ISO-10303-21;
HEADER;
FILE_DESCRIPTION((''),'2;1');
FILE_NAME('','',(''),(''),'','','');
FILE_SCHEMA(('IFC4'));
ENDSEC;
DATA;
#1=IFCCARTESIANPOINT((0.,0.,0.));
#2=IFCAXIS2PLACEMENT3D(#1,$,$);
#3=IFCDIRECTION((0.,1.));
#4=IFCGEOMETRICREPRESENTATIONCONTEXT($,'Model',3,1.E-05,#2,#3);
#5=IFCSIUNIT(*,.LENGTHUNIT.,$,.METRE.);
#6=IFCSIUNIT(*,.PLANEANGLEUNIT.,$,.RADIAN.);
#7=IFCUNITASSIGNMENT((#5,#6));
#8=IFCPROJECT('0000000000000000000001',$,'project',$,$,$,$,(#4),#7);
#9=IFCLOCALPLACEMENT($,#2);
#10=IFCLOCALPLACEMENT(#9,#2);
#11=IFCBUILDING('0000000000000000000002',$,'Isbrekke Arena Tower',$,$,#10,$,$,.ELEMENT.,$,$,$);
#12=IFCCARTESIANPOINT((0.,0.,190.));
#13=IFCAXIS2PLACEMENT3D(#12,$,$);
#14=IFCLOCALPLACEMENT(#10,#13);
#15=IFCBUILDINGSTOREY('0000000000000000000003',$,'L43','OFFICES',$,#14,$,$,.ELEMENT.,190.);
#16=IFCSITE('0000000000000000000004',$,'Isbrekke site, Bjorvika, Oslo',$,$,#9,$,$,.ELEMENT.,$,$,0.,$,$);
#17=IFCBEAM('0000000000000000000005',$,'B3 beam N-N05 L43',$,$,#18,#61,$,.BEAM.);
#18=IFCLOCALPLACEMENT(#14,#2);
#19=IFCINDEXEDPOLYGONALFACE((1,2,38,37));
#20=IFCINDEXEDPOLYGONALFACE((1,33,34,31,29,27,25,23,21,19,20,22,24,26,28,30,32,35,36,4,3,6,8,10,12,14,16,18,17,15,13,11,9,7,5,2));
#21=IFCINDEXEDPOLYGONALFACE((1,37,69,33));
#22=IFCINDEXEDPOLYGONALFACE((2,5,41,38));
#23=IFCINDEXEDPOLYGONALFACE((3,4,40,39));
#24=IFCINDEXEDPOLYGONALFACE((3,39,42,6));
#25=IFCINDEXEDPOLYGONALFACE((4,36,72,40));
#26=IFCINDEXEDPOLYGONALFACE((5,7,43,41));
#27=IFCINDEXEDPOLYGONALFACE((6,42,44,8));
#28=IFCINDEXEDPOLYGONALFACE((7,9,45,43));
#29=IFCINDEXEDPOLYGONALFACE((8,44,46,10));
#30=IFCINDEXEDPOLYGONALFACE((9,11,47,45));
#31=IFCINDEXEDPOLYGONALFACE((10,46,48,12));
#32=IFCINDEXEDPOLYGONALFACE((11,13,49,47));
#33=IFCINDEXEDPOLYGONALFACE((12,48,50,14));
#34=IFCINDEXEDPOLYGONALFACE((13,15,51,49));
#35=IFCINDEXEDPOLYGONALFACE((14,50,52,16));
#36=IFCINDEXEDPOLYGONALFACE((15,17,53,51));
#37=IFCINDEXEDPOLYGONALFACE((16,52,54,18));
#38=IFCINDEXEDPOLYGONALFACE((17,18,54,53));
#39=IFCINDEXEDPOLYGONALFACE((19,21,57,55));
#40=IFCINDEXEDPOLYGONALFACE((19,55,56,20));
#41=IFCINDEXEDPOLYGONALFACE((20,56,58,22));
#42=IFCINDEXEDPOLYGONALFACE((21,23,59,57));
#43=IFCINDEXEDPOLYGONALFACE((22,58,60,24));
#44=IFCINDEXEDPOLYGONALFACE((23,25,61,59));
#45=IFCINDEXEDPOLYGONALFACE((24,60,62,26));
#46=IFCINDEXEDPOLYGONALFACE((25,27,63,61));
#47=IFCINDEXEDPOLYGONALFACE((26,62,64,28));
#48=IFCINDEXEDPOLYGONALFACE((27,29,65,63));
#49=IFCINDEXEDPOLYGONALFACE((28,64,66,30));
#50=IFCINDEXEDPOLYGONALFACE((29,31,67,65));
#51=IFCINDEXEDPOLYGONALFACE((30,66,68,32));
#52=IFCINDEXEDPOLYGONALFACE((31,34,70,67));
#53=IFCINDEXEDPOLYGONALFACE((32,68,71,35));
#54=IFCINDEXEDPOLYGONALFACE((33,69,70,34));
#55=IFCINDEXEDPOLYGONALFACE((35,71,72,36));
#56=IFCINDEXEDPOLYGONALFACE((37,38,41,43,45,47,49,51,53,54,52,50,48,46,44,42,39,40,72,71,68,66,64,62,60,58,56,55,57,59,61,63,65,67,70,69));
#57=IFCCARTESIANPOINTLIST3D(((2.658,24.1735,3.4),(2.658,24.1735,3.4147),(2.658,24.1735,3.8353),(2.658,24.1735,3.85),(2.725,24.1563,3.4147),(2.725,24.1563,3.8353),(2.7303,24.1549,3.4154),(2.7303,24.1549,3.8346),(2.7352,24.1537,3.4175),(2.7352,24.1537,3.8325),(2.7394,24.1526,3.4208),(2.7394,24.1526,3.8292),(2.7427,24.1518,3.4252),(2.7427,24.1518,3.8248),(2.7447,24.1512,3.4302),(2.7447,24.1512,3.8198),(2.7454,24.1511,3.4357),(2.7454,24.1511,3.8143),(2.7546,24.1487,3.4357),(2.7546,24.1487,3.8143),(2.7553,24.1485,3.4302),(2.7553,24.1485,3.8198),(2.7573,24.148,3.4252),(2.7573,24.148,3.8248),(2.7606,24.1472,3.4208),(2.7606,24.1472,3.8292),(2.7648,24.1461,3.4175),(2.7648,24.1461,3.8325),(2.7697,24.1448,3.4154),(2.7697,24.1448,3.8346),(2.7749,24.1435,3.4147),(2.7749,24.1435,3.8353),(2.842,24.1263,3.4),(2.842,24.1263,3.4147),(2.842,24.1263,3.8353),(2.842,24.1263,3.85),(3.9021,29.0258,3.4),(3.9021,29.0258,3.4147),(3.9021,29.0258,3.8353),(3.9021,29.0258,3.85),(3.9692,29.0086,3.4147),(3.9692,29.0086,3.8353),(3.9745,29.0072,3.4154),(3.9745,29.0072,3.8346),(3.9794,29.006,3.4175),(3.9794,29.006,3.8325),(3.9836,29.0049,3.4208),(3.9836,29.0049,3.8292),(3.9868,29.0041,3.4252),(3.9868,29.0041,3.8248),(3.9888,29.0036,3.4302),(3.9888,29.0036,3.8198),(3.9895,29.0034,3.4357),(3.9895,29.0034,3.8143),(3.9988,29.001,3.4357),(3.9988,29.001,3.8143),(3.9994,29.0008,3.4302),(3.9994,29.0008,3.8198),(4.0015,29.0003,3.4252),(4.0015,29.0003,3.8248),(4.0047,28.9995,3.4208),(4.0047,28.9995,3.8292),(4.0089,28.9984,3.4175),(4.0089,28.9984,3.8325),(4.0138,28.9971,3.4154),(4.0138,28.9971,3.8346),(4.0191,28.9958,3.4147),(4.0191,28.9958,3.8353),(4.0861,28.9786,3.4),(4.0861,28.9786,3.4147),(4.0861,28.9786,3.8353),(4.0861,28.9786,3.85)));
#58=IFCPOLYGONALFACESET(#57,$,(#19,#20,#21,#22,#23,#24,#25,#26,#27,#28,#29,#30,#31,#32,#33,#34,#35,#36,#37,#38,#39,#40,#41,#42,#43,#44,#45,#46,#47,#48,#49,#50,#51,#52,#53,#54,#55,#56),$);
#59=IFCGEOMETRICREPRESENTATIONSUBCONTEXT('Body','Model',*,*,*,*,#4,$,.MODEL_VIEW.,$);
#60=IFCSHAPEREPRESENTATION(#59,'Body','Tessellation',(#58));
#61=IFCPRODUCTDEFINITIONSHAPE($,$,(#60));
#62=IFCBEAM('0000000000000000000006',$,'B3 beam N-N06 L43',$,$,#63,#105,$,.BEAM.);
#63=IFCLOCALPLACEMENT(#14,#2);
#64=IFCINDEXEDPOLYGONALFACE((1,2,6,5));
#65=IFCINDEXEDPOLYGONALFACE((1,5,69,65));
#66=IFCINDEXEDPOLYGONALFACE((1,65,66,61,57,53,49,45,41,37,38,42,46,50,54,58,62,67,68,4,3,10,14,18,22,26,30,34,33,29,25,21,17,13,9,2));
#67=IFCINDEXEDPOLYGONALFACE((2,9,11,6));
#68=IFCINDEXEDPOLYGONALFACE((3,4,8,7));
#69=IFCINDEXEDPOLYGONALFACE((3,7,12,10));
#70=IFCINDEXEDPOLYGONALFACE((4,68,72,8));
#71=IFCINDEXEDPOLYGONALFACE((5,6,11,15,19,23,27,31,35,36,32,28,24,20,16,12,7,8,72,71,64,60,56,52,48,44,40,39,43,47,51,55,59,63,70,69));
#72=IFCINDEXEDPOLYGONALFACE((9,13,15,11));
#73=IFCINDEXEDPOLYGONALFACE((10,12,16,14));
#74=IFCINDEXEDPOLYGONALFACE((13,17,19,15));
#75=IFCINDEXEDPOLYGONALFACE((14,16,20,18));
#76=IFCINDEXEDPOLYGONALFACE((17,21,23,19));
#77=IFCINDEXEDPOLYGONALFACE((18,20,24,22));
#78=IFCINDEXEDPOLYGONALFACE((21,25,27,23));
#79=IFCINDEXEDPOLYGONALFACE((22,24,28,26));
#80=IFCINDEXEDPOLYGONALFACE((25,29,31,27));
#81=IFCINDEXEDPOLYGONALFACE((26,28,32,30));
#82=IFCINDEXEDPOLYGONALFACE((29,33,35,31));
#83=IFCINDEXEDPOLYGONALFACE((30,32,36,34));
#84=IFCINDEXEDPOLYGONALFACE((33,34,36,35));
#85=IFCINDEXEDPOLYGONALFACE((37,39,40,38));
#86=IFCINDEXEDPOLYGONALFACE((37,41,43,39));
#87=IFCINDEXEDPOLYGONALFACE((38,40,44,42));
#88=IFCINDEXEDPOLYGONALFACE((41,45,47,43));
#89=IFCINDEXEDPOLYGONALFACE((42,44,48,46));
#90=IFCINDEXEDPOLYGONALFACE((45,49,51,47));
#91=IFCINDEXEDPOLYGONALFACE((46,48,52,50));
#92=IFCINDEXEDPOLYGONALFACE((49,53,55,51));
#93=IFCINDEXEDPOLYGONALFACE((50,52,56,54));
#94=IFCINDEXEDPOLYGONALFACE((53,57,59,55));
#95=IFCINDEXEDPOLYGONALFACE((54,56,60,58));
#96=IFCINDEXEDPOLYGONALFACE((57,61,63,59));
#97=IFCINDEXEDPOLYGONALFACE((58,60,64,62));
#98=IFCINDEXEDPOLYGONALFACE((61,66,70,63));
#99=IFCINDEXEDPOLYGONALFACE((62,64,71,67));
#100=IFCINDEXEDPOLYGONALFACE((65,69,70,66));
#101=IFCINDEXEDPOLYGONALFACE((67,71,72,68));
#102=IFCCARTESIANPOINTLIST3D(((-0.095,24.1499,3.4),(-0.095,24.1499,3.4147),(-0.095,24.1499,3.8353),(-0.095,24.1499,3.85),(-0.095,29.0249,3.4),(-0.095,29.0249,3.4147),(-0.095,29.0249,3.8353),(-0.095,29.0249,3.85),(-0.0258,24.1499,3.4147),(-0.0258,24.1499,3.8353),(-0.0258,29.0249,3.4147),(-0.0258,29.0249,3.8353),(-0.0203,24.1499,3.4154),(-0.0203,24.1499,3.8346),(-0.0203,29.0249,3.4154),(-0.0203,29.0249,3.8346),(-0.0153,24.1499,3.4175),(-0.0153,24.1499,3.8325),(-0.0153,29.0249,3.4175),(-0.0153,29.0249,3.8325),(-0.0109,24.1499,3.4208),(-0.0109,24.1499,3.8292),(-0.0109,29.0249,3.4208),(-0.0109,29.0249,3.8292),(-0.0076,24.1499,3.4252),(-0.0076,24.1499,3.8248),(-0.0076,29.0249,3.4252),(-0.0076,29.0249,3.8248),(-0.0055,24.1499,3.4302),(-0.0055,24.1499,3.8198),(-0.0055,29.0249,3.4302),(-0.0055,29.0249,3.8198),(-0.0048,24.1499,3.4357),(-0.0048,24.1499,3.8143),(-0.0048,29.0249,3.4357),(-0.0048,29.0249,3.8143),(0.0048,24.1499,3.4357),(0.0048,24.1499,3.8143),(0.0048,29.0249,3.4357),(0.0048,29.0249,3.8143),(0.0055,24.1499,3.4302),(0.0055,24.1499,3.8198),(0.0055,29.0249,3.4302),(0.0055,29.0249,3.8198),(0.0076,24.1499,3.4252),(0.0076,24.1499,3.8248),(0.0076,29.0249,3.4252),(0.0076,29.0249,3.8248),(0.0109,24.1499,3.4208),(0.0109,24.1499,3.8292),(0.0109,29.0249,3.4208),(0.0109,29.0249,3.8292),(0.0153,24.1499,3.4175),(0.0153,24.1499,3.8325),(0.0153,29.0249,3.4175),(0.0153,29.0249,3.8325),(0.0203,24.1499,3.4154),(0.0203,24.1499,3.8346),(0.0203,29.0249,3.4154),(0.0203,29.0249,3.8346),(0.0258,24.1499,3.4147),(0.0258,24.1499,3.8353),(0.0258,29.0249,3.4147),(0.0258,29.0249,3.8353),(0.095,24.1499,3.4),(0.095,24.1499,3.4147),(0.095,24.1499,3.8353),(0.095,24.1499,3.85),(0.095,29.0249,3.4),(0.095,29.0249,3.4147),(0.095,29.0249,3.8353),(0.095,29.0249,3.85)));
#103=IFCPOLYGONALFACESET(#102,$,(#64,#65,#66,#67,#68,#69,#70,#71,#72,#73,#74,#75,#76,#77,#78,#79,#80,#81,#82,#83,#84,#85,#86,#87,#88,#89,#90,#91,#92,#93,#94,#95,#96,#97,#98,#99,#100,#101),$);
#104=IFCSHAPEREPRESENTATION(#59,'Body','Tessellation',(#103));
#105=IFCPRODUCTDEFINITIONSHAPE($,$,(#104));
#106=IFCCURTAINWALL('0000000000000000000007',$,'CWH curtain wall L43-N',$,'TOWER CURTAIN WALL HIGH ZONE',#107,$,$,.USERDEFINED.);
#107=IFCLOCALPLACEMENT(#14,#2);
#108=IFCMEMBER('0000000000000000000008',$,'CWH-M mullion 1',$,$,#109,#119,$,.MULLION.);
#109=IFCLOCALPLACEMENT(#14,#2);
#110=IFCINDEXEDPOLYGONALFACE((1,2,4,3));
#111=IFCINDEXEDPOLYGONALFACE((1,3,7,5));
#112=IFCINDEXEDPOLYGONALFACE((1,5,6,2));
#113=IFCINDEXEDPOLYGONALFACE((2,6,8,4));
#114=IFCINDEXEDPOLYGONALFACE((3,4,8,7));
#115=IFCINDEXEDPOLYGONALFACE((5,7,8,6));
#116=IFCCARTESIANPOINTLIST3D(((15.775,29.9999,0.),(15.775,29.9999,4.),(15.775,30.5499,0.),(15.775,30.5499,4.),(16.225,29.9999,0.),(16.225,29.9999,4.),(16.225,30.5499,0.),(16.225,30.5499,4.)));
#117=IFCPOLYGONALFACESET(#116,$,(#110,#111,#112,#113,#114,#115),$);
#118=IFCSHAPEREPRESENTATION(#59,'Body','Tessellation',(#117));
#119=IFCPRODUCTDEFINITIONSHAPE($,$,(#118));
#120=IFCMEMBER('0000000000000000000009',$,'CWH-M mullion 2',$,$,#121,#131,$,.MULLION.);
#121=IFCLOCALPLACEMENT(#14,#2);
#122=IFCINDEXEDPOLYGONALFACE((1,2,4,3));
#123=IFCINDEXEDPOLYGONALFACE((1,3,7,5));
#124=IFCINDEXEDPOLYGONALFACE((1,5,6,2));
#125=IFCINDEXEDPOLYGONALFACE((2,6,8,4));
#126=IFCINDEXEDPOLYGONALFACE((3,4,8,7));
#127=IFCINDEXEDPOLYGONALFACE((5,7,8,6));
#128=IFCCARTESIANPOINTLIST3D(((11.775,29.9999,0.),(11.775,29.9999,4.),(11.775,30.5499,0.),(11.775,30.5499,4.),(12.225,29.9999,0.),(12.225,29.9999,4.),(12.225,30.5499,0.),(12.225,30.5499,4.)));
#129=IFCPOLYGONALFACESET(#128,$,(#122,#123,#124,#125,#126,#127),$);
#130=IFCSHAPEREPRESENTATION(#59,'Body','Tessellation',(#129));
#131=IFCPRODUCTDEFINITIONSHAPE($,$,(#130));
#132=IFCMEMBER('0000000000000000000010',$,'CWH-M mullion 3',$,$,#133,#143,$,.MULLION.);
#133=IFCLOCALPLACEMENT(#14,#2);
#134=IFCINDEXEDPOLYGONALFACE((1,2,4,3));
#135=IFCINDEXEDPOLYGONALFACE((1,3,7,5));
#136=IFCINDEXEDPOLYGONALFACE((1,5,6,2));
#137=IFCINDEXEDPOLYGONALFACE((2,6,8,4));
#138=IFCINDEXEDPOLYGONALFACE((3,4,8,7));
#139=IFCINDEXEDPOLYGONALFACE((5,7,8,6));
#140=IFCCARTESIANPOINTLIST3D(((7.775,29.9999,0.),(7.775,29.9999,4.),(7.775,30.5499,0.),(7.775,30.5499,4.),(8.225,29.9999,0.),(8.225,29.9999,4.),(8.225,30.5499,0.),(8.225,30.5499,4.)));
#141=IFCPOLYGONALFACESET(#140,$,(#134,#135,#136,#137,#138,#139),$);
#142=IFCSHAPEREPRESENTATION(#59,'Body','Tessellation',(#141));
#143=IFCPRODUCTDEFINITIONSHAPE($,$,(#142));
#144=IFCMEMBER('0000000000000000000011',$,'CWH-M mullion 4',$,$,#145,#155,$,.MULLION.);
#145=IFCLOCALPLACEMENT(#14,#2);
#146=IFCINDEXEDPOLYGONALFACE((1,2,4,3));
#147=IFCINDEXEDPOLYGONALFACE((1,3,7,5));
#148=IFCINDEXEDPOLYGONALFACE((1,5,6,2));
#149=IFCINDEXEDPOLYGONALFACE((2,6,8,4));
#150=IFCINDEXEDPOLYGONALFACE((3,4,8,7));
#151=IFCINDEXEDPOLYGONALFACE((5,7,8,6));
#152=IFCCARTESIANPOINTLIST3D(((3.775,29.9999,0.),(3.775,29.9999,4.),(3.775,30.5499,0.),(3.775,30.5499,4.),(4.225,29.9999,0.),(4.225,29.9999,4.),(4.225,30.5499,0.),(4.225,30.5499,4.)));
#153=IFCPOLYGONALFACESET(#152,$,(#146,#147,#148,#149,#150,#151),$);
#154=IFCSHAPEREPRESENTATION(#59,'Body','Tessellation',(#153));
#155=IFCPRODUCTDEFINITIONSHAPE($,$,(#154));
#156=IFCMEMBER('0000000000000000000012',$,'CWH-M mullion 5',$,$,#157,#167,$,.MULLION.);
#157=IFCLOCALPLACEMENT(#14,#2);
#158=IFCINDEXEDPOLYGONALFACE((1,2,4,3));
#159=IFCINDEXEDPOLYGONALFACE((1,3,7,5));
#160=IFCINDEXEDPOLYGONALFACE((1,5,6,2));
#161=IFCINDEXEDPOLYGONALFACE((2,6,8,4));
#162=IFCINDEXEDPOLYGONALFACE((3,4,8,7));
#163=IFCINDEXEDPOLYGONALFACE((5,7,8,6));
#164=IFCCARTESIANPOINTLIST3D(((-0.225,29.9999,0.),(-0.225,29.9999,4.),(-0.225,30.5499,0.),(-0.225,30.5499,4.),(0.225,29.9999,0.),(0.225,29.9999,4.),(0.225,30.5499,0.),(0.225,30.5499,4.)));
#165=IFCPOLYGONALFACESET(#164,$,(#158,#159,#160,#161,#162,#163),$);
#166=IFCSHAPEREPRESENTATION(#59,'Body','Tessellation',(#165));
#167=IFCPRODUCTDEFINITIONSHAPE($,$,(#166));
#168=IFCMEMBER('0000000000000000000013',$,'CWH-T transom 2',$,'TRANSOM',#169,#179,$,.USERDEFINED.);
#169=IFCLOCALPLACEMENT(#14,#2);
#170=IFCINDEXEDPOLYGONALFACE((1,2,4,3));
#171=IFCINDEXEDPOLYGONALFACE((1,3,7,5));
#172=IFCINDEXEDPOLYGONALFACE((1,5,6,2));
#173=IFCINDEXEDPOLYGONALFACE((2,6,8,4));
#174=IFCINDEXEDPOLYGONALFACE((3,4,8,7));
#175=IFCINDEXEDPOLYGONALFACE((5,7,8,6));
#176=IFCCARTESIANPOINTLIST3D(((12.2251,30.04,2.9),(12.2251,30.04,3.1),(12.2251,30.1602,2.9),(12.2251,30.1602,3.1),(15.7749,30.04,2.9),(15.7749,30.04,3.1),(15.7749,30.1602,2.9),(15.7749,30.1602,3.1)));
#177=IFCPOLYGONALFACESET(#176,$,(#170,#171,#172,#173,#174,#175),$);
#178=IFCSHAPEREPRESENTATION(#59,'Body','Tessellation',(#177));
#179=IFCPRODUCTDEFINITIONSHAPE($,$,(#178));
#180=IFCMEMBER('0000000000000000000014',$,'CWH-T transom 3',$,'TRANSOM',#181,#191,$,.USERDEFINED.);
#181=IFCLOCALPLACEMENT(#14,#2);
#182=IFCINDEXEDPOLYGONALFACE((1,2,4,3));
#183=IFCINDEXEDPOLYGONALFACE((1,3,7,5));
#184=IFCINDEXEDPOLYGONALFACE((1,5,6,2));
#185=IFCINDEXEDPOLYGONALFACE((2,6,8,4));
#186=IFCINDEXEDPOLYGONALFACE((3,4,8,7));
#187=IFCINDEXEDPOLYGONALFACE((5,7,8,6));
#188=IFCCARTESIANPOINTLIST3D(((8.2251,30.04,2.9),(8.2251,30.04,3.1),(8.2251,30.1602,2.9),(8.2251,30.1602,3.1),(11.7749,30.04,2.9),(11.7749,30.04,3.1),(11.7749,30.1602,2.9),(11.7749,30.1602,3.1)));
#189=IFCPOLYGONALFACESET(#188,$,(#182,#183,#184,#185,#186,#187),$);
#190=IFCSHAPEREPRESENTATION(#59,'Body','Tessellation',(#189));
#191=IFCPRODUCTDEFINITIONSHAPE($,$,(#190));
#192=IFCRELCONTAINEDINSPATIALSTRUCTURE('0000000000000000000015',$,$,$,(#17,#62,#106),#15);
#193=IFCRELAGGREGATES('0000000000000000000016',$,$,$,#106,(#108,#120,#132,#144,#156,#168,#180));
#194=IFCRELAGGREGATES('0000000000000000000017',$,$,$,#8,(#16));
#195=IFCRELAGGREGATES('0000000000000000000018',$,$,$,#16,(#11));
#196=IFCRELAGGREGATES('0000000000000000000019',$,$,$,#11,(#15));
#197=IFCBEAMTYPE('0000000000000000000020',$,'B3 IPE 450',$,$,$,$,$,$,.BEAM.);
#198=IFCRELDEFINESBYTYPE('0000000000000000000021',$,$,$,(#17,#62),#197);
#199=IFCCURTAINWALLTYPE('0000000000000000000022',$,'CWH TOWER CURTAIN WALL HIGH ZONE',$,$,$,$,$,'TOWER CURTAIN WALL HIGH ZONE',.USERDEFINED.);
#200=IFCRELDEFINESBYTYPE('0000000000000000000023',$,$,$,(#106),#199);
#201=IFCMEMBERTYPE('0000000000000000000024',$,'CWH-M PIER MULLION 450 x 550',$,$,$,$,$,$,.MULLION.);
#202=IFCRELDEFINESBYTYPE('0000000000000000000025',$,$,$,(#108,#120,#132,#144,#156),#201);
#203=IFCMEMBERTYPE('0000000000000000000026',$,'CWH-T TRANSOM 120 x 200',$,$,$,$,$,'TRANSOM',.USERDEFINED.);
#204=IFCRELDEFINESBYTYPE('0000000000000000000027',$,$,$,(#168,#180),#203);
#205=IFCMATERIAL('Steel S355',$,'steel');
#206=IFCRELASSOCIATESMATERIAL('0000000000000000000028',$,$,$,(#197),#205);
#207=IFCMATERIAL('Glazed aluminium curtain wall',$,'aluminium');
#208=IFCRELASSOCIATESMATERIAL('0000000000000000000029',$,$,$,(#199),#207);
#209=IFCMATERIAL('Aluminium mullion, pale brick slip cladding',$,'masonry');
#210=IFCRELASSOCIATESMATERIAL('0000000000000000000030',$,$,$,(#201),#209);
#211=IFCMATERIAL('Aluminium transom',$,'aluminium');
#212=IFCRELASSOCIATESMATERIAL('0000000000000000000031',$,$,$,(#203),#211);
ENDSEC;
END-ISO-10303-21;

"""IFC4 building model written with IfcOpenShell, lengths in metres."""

from ifc_helpers import new_model, si_unit, direction, frame, origin, origin_2d, place, context, subcontext, project, spatial, rectangle, i_section, extrude, material, material_profile, profile_set, type_object, element, aggregate, save


model = new_model("IFC4")

# Units and contexts
model_context = context("Model", 3, precision=1e-05, world=origin(), true_north=direction((0.0, 1.0)))
body_context = subcontext(model_context, "Body", "Model", "MODEL_VIEW")
ifc_project = project(units=[si_unit("LENGTHUNIT", "METRE"), si_unit("PLANEANGLEUNIT", "RADIAN")], contexts=[model_context])

# Site, building, storey
site_placement = place(None, origin())
site = spatial("IfcSite", under=ifc_project, at=site_placement, Name="Isbrekke site, Bjorvika, Oslo", CompositionType="ELEMENT", RefElevation=0.0)
building_placement = place(site_placement, origin())
building = spatial("IfcBuilding", under=site, at=building_placement, Name="Isbrekke Arena Tower", CompositionType="ELEMENT")
storey_placement = place(building_placement, frame((0.0, 0.0, 190.0)))
storey = spatial("IfcBuildingStorey", under=building, at=storey_placement, Name="L43", Description="OFFICES", CompositionType="ELEMENT", Elevation=190.0)

# Beams
ifc_material_1 = material(Name="Steel S355", Category="steel")
ifc_material_profile_1 = material_profile(ifc_material_1, i_section(OverallWidth=0.1899, OverallDepth=0.45, WebThickness=0.0095, FlangeThickness=0.0146, FilletRadius=0.021, at=origin_2d()), Name="IPE 450")
ifc_profile_set_1 = profile_set([ifc_material_profile_1], Name="Steel S355")
beam_type_1 = type_object("IfcBeamType", Name="B3 IPE 450", PredefinedType="BEAM", material=ifc_profile_set_1)
beam_1_placement = place(storey_placement, frame((3.9941, 29.0022, 3.625), z_axis=(-0.248368, -0.968666, 0.0), x_axis=(0.968666, -0.248368, 0.0)))
element("IfcBeam", 1, at=beam_1_placement, inside=storey, type_object=beam_type_1, Name="B3 beam N-N05 L43", PredefinedType="BEAM", context=body_context, shape_type="SweptSolid", body=[
    extrude(i_section(OverallWidth=0.1899, OverallDepth=0.45, WebThickness=0.0095, FlangeThickness=0.0146, FilletRadius=0.021, at=origin_2d()), origin(), (0.0, 0.0, 1.0), 5.0093),
])
beam_2_placement = place(storey_placement, frame((0.0, 29.0249, 3.625), z_axis=(0.0, -1.0, 0.0), x_axis=(1.0, 0.0, 0.0)))
element("IfcBeam", 2, at=beam_2_placement, inside=storey, type_object=beam_type_1, Name="B3 beam N-N06 L43", PredefinedType="BEAM", context=body_context, shape_type="SweptSolid", body=[
    extrude(i_section(OverallWidth=0.1899, OverallDepth=0.45, WebThickness=0.0095, FlangeThickness=0.0146, FilletRadius=0.021, at=origin_2d()), origin(), (0.0, 0.0, 1.0), 4.875),
])

# Curtain wall, members
ifc_material_2 = material(Name="Glazed aluminium curtain wall", Category="aluminium")
curtain_wall_type = type_object("IfcCurtainWallType", Name="CWH TOWER CURTAIN WALL HIGH ZONE", ElementType="TOWER CURTAIN WALL HIGH ZONE", PredefinedType="USERDEFINED", material=ifc_material_2)
curtain_wall_placement = place(storey_placement, origin())
curtain_wall = element("IfcCurtainWall", 3, at=curtain_wall_placement, inside=storey, type_object=curtain_wall_type, Name="CWH curtain wall L43-N", ObjectType="TOWER CURTAIN WALL HIGH ZONE", PredefinedType="USERDEFINED")
ifc_material_3 = material(Name="Aluminium mullion, pale brick slip cladding", Category="masonry")
ifc_material_profile_2 = material_profile(ifc_material_3, rectangle(XDim=0.45, YDim=0.55, at=origin_2d()), Name="PIER 450X550")
ifc_profile_set_2 = profile_set([ifc_material_profile_2], Name="Aluminium mullion, pale brick slip cladding")
member_type_1 = type_object("IfcMemberType", Name="CWH-M PIER MULLION 450 x 550", PredefinedType="MULLION", material=ifc_profile_set_2)
member_1_placement = place(storey_placement, frame((16.0, 30.2749, 0.0), z_axis=(0.0, 0.0, 1.0), x_axis=(-1.0, 0.0, 0.0)))
member_1 = element("IfcMember", 4, at=member_1_placement, type_object=member_type_1, Name="CWH-M mullion 1", PredefinedType="MULLION", context=body_context, shape_type="SweptSolid", body=[
    extrude(rectangle(XDim=0.45, YDim=0.55, at=origin_2d()), origin(), (0.0, 0.0, 1.0), 4.0),
])
member_2_placement = place(storey_placement, frame((12.0, 30.2749, 0.0), z_axis=(0.0, 0.0, 1.0), x_axis=(-1.0, 0.0, 0.0)))
member_2 = element("IfcMember", 5, at=member_2_placement, type_object=member_type_1, Name="CWH-M mullion 2", PredefinedType="MULLION", context=body_context, shape_type="SweptSolid", body=[
    extrude(rectangle(XDim=0.45, YDim=0.55, at=origin_2d()), origin(), (0.0, 0.0, 1.0), 4.0),
])
member_3_placement = place(storey_placement, frame((8.0, 30.2749, 0.0), z_axis=(0.0, 0.0, 1.0), x_axis=(-1.0, 0.0, 0.0)))
member_3 = element("IfcMember", 6, at=member_3_placement, type_object=member_type_1, Name="CWH-M mullion 3", PredefinedType="MULLION", context=body_context, shape_type="SweptSolid", body=[
    extrude(rectangle(XDim=0.45, YDim=0.55, at=origin_2d()), origin(), (0.0, 0.0, 1.0), 4.0),
])
member_4_placement = place(storey_placement, frame((4.0, 30.2749, 0.0), z_axis=(0.0, 0.0, 1.0), x_axis=(-1.0, 0.0, 0.0)))
member_4 = element("IfcMember", 7, at=member_4_placement, type_object=member_type_1, Name="CWH-M mullion 4", PredefinedType="MULLION", context=body_context, shape_type="SweptSolid", body=[
    extrude(rectangle(XDim=0.45, YDim=0.55, at=origin_2d()), origin(), (0.0, 0.0, 1.0), 4.0),
])
member_5_placement = place(storey_placement, frame((0.0, 30.2749, 0.0), z_axis=(0.0, 0.0, 1.0), x_axis=(-1.0, 0.0, 0.0)))
member_5 = element("IfcMember", 8, at=member_5_placement, type_object=member_type_1, Name="CWH-M mullion 5", PredefinedType="MULLION", context=body_context, shape_type="SweptSolid", body=[
    extrude(rectangle(XDim=0.45, YDim=0.55, at=origin_2d()), origin(), (0.0, 0.0, 1.0), 4.0),
])
ifc_material_4 = material(Name="Aluminium transom", Category="aluminium")
ifc_material_profile_3 = material_profile(ifc_material_4, rectangle(XDim=0.1201, YDim=0.2, at=origin_2d()), Name="TRANSOM 120X200")
ifc_profile_set_3 = profile_set([ifc_material_profile_3], Name="Aluminium transom")
member_type_2 = type_object("IfcMemberType", Name="CWH-T TRANSOM 120 x 200", ElementType="TRANSOM", PredefinedType="USERDEFINED", material=ifc_profile_set_3)
member_6_placement = place(storey_placement, frame((15.7749, 30.1001, 3.0), z_axis=(-1.0, 0.0, 0.0), x_axis=(0.0, -1.0, 0.0)))
member_6 = element("IfcMember", 9, at=member_6_placement, type_object=member_type_2, Name="CWH-T transom 2", ObjectType="TRANSOM", PredefinedType="USERDEFINED", context=body_context, shape_type="SweptSolid", body=[
    extrude(rectangle(XDim=0.1201, YDim=0.2, at=origin_2d()), origin(), (0.0, 0.0, 1.0), 3.5498),
])
member_7_placement = place(storey_placement, frame((11.7749, 30.1001, 3.0), z_axis=(-1.0, 0.0, 0.0), x_axis=(0.0, -1.0, 0.0)))
member_7 = element("IfcMember", 10, at=member_7_placement, type_object=member_type_2, Name="CWH-T transom 3", ObjectType="TRANSOM", PredefinedType="USERDEFINED", context=body_context, shape_type="SweptSolid", body=[
    extrude(rectangle(XDim=0.1201, YDim=0.2, at=origin_2d()), origin(), (0.0, 0.0, 1.0), 3.5498),
])

aggregate(curtain_wall, [member_1, member_2, member_3, member_4, member_5, member_6, member_7])

save(model, "model.ifc")
